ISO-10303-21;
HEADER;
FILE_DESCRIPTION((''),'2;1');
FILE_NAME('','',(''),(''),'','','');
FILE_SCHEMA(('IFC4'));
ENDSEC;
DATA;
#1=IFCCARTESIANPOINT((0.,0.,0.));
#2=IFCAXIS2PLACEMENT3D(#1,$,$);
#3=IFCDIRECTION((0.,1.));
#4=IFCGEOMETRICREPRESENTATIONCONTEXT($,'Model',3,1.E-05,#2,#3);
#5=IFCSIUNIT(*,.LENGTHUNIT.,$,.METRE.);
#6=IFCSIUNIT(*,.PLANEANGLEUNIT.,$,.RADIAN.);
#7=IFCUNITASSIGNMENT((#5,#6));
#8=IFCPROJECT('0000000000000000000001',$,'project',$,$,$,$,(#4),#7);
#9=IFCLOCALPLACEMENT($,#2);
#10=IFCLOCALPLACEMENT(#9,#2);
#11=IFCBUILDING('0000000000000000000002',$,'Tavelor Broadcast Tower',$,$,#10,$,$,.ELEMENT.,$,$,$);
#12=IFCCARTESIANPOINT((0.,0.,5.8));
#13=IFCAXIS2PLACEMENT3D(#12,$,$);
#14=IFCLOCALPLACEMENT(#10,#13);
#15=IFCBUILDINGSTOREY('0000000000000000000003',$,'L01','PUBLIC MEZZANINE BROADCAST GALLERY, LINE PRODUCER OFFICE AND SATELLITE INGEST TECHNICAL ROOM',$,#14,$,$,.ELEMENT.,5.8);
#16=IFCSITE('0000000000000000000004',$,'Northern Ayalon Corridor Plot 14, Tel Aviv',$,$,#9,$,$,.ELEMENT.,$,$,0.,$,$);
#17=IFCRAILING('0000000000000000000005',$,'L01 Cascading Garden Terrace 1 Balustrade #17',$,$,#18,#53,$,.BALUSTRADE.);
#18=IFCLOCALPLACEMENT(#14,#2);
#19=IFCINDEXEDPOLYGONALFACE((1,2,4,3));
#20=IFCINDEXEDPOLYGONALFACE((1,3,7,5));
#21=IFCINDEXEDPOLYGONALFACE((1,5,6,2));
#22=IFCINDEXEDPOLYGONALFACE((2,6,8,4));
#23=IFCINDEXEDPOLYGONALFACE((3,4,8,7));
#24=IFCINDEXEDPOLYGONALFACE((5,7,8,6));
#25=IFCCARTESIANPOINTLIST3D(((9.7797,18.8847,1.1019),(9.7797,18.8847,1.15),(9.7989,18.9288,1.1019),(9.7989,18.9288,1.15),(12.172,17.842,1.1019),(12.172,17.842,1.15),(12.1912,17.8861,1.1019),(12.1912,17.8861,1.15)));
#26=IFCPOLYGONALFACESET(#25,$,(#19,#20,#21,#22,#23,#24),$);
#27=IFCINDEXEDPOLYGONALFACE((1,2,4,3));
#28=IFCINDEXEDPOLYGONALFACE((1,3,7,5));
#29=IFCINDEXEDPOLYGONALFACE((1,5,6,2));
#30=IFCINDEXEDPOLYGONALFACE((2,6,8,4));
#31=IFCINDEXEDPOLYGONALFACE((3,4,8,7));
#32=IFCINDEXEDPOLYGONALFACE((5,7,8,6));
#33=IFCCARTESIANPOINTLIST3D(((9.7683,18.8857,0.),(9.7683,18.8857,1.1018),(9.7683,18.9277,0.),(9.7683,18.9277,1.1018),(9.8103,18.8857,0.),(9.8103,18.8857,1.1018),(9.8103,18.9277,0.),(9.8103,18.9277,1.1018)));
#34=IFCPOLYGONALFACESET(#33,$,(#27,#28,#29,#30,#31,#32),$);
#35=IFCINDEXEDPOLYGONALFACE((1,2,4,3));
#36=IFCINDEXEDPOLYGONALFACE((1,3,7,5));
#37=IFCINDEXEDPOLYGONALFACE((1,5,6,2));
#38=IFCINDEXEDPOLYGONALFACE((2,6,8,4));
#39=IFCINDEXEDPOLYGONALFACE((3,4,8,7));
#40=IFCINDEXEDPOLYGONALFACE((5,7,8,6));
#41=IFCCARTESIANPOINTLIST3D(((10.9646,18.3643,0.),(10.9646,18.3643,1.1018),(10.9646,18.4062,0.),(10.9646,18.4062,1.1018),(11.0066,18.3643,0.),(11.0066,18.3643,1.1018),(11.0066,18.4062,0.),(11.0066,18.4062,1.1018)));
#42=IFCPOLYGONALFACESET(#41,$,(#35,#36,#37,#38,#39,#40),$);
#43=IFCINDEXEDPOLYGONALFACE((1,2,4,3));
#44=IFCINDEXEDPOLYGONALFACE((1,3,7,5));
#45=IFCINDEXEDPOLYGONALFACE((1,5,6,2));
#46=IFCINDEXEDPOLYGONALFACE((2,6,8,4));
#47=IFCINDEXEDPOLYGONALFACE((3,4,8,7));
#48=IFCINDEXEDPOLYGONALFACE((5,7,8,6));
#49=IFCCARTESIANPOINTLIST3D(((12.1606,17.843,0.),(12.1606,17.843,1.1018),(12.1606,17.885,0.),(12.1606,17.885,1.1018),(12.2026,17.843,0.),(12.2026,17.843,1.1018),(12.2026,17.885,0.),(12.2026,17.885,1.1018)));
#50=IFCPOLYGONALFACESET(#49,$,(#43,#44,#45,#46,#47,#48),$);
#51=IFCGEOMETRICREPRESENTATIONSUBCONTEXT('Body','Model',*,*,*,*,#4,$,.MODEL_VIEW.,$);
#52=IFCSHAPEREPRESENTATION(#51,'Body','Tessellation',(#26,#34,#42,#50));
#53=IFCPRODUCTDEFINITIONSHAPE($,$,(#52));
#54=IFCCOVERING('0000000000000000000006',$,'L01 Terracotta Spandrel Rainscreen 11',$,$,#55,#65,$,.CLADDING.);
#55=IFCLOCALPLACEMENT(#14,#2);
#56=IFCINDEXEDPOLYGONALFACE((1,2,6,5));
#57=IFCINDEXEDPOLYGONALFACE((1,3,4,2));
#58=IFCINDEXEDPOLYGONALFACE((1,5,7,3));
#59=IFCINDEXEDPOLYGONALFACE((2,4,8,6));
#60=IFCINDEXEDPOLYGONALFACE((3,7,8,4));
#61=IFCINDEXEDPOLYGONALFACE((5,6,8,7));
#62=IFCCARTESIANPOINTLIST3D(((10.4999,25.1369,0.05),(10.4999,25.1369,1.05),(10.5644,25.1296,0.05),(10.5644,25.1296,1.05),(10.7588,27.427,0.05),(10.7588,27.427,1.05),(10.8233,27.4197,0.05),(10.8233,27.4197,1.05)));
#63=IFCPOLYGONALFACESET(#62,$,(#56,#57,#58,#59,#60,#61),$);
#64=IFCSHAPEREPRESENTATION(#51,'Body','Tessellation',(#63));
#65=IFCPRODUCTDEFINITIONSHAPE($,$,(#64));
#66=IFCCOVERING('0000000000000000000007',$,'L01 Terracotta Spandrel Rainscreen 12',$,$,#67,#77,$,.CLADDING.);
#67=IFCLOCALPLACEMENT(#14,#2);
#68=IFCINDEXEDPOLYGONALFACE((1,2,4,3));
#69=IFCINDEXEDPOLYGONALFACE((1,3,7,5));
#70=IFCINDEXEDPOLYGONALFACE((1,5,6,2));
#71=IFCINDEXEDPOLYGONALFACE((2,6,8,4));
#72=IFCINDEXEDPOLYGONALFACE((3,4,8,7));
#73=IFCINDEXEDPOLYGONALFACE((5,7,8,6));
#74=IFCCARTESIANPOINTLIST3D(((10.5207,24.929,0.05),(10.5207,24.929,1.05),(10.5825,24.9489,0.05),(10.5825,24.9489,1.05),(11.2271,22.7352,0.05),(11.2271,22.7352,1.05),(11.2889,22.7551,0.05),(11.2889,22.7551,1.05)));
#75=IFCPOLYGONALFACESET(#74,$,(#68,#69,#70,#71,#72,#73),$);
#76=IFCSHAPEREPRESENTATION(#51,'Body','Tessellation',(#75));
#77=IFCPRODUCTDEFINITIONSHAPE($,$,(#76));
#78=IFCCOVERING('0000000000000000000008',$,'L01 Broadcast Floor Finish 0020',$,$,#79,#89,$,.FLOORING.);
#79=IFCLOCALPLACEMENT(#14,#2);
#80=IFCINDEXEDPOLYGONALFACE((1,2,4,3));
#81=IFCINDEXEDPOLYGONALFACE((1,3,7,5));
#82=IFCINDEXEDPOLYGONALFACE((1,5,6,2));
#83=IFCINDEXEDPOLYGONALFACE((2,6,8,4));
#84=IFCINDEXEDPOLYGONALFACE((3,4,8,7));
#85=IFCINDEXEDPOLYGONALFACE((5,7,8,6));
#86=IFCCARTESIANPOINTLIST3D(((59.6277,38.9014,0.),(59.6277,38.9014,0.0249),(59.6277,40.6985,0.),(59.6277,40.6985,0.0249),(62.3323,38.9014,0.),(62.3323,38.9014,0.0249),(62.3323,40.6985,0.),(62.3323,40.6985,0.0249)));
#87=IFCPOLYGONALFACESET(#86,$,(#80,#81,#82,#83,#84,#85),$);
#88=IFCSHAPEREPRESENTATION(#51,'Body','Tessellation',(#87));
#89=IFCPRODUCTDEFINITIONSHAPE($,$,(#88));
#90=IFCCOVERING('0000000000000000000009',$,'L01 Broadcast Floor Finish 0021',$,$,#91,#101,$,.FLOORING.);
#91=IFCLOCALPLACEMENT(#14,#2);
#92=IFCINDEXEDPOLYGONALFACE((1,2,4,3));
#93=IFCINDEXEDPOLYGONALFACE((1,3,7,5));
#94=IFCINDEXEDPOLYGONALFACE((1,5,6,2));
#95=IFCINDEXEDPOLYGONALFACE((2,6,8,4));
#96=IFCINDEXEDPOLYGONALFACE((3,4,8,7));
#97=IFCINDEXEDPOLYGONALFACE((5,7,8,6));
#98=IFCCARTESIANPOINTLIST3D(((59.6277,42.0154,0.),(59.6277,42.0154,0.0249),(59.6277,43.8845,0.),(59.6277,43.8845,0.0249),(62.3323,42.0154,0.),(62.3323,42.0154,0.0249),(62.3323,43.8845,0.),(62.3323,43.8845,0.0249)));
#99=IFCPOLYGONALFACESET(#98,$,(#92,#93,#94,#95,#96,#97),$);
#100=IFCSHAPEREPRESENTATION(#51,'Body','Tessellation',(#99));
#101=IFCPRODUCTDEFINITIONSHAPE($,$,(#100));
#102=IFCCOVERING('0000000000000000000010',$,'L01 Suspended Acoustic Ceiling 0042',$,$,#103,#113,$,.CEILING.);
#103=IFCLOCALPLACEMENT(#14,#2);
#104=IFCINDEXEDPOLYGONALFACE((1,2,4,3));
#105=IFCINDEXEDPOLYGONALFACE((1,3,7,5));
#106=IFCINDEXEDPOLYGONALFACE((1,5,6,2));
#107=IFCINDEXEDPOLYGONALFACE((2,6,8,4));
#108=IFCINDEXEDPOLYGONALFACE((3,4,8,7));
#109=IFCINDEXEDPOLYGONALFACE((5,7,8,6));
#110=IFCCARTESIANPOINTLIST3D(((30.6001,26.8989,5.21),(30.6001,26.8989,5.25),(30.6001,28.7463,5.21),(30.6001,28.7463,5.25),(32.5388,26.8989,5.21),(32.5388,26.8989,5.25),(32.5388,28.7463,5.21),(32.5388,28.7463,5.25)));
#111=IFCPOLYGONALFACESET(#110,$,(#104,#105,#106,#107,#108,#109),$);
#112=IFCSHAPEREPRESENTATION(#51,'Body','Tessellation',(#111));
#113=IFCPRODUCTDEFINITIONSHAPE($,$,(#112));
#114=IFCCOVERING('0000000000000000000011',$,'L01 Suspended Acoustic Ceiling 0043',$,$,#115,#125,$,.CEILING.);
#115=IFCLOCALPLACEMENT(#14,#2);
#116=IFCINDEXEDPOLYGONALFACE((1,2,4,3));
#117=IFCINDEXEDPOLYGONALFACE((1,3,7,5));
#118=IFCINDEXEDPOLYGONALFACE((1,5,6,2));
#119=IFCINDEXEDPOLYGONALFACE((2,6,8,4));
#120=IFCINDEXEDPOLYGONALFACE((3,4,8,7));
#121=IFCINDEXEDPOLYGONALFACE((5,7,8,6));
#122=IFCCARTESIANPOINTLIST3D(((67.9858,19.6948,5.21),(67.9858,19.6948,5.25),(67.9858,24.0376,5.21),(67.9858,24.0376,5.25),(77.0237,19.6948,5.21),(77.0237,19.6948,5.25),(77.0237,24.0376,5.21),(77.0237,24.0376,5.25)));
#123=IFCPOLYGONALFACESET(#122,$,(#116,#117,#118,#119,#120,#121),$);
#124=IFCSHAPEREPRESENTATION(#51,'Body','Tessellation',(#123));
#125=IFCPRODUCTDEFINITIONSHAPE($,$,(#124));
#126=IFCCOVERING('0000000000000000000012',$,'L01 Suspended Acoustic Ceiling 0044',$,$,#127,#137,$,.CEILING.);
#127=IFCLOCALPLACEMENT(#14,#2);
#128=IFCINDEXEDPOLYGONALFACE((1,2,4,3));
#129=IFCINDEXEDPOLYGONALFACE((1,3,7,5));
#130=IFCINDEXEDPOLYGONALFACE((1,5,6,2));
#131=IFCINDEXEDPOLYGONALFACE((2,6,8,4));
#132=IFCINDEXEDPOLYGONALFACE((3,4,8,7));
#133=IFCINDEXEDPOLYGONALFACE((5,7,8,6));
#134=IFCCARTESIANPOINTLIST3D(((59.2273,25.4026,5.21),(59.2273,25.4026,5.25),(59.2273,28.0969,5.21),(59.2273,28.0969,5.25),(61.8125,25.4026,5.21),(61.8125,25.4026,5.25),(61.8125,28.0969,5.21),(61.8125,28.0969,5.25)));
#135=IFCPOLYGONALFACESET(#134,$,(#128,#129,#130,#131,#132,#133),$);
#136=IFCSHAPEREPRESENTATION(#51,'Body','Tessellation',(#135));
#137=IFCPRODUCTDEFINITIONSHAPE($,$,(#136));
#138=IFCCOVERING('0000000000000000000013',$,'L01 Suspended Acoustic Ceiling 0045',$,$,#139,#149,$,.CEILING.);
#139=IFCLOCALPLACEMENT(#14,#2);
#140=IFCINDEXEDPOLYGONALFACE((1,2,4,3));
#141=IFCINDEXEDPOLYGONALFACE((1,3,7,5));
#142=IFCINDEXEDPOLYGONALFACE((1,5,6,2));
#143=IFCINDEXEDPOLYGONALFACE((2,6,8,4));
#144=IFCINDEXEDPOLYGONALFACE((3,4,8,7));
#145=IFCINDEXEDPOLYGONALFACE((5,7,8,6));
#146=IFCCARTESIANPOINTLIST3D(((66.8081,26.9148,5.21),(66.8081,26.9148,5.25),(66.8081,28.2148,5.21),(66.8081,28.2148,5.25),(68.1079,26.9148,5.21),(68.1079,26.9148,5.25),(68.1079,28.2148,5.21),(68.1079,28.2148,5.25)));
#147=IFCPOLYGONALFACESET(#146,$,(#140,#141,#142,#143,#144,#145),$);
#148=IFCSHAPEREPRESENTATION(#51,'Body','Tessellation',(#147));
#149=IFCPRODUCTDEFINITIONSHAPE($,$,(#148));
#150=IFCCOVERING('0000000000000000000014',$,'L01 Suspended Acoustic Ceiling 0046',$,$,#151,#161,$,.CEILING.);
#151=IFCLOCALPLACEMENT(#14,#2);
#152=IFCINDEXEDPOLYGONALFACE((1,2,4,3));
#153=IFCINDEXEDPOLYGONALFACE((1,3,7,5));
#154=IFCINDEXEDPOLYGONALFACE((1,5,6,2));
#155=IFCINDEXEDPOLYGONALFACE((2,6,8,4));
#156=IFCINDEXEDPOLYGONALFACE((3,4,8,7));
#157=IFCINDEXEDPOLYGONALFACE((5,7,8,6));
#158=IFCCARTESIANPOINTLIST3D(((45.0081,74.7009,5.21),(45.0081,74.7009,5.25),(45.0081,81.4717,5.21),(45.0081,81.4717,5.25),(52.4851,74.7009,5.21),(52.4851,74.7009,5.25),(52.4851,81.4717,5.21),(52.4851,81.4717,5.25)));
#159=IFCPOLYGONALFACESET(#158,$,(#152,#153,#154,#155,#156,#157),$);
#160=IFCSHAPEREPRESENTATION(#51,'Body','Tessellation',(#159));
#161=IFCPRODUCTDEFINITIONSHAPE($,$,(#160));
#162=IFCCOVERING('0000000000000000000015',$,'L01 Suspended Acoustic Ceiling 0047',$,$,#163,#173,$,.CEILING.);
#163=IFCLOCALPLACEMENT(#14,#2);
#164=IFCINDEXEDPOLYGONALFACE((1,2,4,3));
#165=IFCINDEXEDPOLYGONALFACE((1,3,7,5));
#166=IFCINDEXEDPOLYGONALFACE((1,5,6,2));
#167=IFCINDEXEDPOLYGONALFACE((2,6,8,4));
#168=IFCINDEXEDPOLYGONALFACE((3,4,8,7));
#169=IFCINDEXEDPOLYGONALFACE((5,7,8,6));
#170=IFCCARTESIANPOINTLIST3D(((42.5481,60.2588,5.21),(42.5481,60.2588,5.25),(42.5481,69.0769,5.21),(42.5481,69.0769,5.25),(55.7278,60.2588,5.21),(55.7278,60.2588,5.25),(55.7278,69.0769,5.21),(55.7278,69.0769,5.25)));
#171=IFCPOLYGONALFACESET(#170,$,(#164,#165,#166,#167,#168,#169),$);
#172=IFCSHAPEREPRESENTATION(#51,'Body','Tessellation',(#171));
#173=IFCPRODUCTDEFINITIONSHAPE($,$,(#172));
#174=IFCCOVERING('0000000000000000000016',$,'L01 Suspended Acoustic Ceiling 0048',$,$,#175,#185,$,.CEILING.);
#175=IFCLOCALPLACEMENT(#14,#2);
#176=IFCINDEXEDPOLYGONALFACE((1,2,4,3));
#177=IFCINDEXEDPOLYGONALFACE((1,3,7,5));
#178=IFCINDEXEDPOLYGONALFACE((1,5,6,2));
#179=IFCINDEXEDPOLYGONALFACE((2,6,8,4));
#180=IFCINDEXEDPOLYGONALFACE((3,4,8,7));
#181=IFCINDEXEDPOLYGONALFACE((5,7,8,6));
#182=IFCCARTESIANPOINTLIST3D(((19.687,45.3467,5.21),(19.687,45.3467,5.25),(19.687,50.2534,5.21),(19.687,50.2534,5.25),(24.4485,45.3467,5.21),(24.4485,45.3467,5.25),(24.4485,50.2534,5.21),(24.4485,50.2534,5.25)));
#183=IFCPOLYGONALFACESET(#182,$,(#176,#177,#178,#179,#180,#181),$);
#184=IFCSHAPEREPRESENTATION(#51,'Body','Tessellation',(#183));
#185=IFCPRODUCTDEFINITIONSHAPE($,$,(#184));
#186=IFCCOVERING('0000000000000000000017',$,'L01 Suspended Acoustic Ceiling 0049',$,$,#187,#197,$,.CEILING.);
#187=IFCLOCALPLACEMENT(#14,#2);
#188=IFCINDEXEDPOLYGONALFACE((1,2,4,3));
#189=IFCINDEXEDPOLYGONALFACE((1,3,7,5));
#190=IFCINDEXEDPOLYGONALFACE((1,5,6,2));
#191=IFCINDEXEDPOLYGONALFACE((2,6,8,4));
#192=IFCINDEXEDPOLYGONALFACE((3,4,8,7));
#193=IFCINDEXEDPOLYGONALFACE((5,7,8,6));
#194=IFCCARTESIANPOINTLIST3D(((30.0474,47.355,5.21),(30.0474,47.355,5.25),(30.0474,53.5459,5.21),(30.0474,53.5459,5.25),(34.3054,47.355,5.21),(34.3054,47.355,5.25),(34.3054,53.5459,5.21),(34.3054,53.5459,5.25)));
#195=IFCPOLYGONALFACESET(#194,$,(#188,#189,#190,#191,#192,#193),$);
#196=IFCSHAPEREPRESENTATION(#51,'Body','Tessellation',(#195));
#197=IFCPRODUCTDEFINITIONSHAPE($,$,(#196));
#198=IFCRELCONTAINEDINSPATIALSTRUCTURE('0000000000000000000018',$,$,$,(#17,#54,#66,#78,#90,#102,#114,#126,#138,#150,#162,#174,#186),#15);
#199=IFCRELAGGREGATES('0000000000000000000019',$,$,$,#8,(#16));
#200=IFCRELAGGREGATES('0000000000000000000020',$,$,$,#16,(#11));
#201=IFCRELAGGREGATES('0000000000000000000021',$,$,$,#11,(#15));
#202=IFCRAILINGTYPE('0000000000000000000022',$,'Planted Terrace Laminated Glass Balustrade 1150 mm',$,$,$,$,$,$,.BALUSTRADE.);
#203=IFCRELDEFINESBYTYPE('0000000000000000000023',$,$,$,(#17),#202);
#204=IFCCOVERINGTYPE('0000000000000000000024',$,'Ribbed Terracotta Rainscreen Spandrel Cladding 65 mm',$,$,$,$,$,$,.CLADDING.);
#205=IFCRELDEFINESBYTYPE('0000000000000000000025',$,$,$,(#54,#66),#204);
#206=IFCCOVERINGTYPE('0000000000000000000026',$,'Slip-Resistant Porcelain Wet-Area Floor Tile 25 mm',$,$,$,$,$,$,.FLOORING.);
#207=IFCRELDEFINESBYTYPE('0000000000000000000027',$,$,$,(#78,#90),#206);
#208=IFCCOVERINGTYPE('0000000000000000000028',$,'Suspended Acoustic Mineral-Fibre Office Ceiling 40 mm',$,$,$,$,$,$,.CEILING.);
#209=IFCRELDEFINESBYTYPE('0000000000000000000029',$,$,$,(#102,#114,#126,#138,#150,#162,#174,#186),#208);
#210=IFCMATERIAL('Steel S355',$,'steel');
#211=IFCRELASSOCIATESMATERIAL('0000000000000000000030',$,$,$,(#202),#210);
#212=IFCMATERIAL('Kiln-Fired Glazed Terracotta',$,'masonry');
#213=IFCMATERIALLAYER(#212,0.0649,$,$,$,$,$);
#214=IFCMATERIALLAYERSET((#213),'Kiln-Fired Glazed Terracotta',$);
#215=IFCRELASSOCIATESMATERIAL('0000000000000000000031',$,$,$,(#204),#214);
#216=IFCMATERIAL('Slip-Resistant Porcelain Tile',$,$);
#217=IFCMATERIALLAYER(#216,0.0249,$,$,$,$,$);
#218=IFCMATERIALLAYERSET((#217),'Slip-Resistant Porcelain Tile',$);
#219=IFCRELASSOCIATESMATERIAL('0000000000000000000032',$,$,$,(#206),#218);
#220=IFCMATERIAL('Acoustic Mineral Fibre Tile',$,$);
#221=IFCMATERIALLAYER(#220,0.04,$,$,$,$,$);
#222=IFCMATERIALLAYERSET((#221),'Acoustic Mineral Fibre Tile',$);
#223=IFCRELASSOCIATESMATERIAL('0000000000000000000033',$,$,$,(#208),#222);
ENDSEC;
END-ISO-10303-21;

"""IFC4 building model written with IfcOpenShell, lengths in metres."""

from ifc_helpers import new_model, si_unit, direction, frame, origin, origin_2d, place, context, subcontext, project, spatial, polyline, rectangle, outline, extrude, material, layer, layer_set, type_object, element, save


model = new_model("IFC4")

# Units and contexts
model_context = context("Model", 3, precision=1e-05, world=origin(), true_north=direction((0.0, 1.0)))
body_context = subcontext(model_context, "Body", "Model", "MODEL_VIEW")
ifc_project = project(units=[si_unit("LENGTHUNIT", "METRE"), si_unit("PLANEANGLEUNIT", "RADIAN")], contexts=[model_context])

# Site, building, storey
site_placement = place(None, origin())
site = spatial("IfcSite", under=ifc_project, at=site_placement, Name="Northern Ayalon Corridor Plot 14, Tel Aviv", CompositionType="ELEMENT", RefElevation=0.0)
building_placement = place(site_placement, origin())
building = spatial("IfcBuilding", under=site, at=building_placement, Name="Tavelor Broadcast Tower", CompositionType="ELEMENT")
storey_placement = place(building_placement, frame((0.0, 0.0, 5.8)))
storey = spatial("IfcBuildingStorey", under=building, at=storey_placement, Name="L01", Description="PUBLIC MEZZANINE BROADCAST GALLERY, LINE PRODUCER OFFICE AND SATELLITE INGEST TECHNICAL ROOM", CompositionType="ELEMENT", Elevation=5.8)

# Railing
ifc_material_1 = material(Name="Steel S355", Category="steel")
railing_type = type_object("IfcRailingType", Name="Planted Terrace Laminated Glass Balustrade 1150 mm", PredefinedType="BALUSTRADE", material=ifc_material_1)
railing_1_placement = place(storey_placement, frame((9.7893, 18.9067, 0.0)))
element("IfcRailing", 1, at=railing_1_placement, inside=storey, type_object=railing_type, Name="L01 Cascading Garden Terrace 1 Balustrade #17", PredefinedType="BALUSTRADE", context=body_context, shape_type="SweptSolid", body=[
    extrude(rectangle(XDim=0.0481, YDim=0.0481, at=origin_2d()), frame((0.0, 0.0, 1.126), z_axis=(0.916708, -0.399557, 0.0), x_axis=(0.399557, 0.916708, 0.0)), (0.0, 0.0, 1.0), 2.6096),
    extrude(rectangle(XDim=0.042, YDim=0.042, at=origin_2d()), origin(), (0.0, 0.0, 1.0), 1.1018),
    extrude(rectangle(XDim=0.042, YDim=0.042, at=origin_2d()), frame((1.1963, -0.5215, 0.0)), (0.0, 0.0, 1.0), 1.1018),
    extrude(rectangle(XDim=0.042, YDim=0.042, at=origin_2d()), frame((2.3923, -1.0427, 0.0)), (0.0, 0.0, 1.0), 1.1018),
])

# Coverings
ifc_material_2 = material(Name="Kiln-Fired Glazed Terracotta", Category="masonry")
ifc_layer_1 = layer(ifc_material_2, 0.0649)
ifc_layer_set_1 = layer_set([ifc_layer_1], Name="Kiln-Fired Glazed Terracotta")
covering_type_1 = type_object("IfcCoveringType", Name="Ribbed Terracotta Rainscreen Spandrel Cladding 65 mm", PredefinedType="CLADDING", material=ifc_layer_set_1)
for number, where, z_axis, x_axis, name in (
    (2, (10.6616, 26.2783, 0.05), (0.0, 0.0, 1.0), (-0.112336, -0.99367, 0.0), "L01 Terracotta Spandrel Rainscreen 11"),
    (3, (10.9048, 23.842, 0.05), (0.0, 0.0, 1.0), (0.306526, -0.951862, 0.0), "L01 Terracotta Spandrel Rainscreen 12"),
):
    element("IfcCovering", number, at=place(storey_placement, frame(where, z_axis=z_axis, x_axis=x_axis)), inside=storey, type_object=covering_type_1, Name=name, PredefinedType="CLADDING", context=body_context, shape_type="SweptSolid", body=[
        extrude(rectangle(XDim=2.3047, YDim=0.0649, at=origin_2d()), origin(), (0.0, 0.0, 1.0), 1.0),
    ])
ifc_material_3 = material(Name="Slip-Resistant Porcelain Tile")
ifc_layer_2 = layer(ifc_material_3, 0.0249)
ifc_layer_set_2 = layer_set([ifc_layer_2], Name="Slip-Resistant Porcelain Tile")
covering_type_2 = type_object("IfcCoveringType", Name="Slip-Resistant Porcelain Wet-Area Floor Tile 25 mm", PredefinedType="FLOORING", material=ifc_layer_set_2)
covering_1_placement = place(storey_placement, origin())
element("IfcCovering", 4, at=covering_1_placement, inside=storey, type_object=covering_type_2, Name="L01 Broadcast Floor Finish 0020", PredefinedType="FLOORING", context=body_context, shape_type="SweptSolid", body=[
    extrude(outline(polyline([(59.6277, 38.9014), (62.3323, 38.9014), (62.3323, 40.6985), (59.6277, 40.6985), (59.6277, 38.9014)])), origin(), (0.0, 0.0, 1.0), 0.0249),
])
covering_2_placement = place(storey_placement, origin())
element("IfcCovering", 5, at=covering_2_placement, inside=storey, type_object=covering_type_2, Name="L01 Broadcast Floor Finish 0021", PredefinedType="FLOORING", context=body_context, shape_type="SweptSolid", body=[
    extrude(outline(polyline([(59.6277, 42.0154), (62.3323, 42.0154), (62.3323, 43.8845), (59.6277, 43.8845), (59.6277, 42.0154)])), origin(), (0.0, 0.0, 1.0), 0.0249),
])
ifc_material_4 = material(Name="Acoustic Mineral Fibre Tile")
ifc_layer_3 = layer(ifc_material_4, 0.04)
ifc_layer_set_3 = layer_set([ifc_layer_3], Name="Acoustic Mineral Fibre Tile")
covering_type_3 = type_object("IfcCoveringType", Name="Suspended Acoustic Mineral-Fibre Office Ceiling 40 mm", PredefinedType="CEILING", material=ifc_layer_set_3)
covering_3_placement = place(storey_placement, frame((0.0, 0.0, 5.21)))
element("IfcCovering", 6, at=covering_3_placement, inside=storey, type_object=covering_type_3, Name="L01 Suspended Acoustic Ceiling 0042", PredefinedType="CEILING", context=body_context, shape_type="SweptSolid", body=[
    extrude(outline(polyline([(30.6001, 26.8989), (32.5388, 26.8989), (32.5388, 28.7463), (30.6001, 28.7463), (30.6001, 26.8989)])), origin(), (0.0, 0.0, 1.0), 0.04),
])
covering_4_placement = place(storey_placement, frame((0.0, 0.0, 5.21)))
element("IfcCovering", 7, at=covering_4_placement, inside=storey, type_object=covering_type_3, Name="L01 Suspended Acoustic Ceiling 0043", PredefinedType="CEILING", context=body_context, shape_type="SweptSolid", body=[
    extrude(outline(polyline([(67.9858, 19.6948), (77.0237, 19.6948), (77.0237, 24.0376), (67.9858, 24.0376), (67.9858, 19.6948)])), origin(), (0.0, 0.0, 1.0), 0.04),
])
covering_5_placement = place(storey_placement, frame((0.0, 0.0, 5.21)))
element("IfcCovering", 8, at=covering_5_placement, inside=storey, type_object=covering_type_3, Name="L01 Suspended Acoustic Ceiling 0044", PredefinedType="CEILING", context=body_context, shape_type="SweptSolid", body=[
    extrude(outline(polyline([(59.2273, 25.4026), (61.8125, 25.4026), (61.8125, 28.0969), (59.2273, 28.0969), (59.2273, 25.4026)])), origin(), (0.0, 0.0, 1.0), 0.04),
])
covering_6_placement = place(storey_placement, frame((0.0, 0.0, 5.21)))
element("IfcCovering", 9, at=covering_6_placement, inside=storey, type_object=covering_type_3, Name="L01 Suspended Acoustic Ceiling 0045", PredefinedType="CEILING", context=body_context, shape_type="SweptSolid", body=[
    extrude(outline(polyline([(66.8081, 26.9148), (68.1079, 26.9148), (68.1079, 28.2148), (66.8081, 28.2148), (66.8081, 26.9148)])), origin(), (0.0, 0.0, 1.0), 0.04),
])
covering_7_placement = place(storey_placement, frame((0.0, 0.0, 5.21)))
element("IfcCovering", 10, at=covering_7_placement, inside=storey, type_object=covering_type_3, Name="L01 Suspended Acoustic Ceiling 0046", PredefinedType="CEILING", context=body_context, shape_type="SweptSolid", body=[
    extrude(outline(polyline([(45.0081, 74.7009), (52.4851, 74.7009), (52.4851, 81.4717), (45.0081, 81.4717), (45.0081, 74.7009)])), origin(), (0.0, 0.0, 1.0), 0.04),
])
covering_8_placement = place(storey_placement, frame((0.0, 0.0, 5.21)))
element("IfcCovering", 11, at=covering_8_placement, inside=storey, type_object=covering_type_3, Name="L01 Suspended Acoustic Ceiling 0047", PredefinedType="CEILING", context=body_context, shape_type="SweptSolid", body=[
    extrude(outline(polyline([(42.5481, 60.2588), (55.7278, 60.2588), (55.7278, 69.0769), (42.5481, 69.0769), (42.5481, 60.2588)])), origin(), (0.0, 0.0, 1.0), 0.04),
])
covering_9_placement = place(storey_placement, frame((0.0, 0.0, 5.21)))
element("IfcCovering", 12, at=covering_9_placement, inside=storey, type_object=covering_type_3, Name="L01 Suspended Acoustic Ceiling 0048", PredefinedType="CEILING", context=body_context, shape_type="SweptSolid", body=[
    extrude(outline(polyline([(19.687, 45.3467), (24.4485, 45.3467), (24.4485, 50.2534), (19.687, 50.2534), (19.687, 45.3467)])), origin(), (0.0, 0.0, 1.0), 0.04),
])
covering_10_placement = place(storey_placement, frame((0.0, 0.0, 5.21)))
element("IfcCovering", 13, at=covering_10_placement, inside=storey, type_object=covering_type_3, Name="L01 Suspended Acoustic Ceiling 0049", PredefinedType="CEILING", context=body_context, shape_type="SweptSolid", body=[
    extrude(outline(polyline([(30.0474, 47.355), (34.3054, 47.355), (34.3054, 53.5459), (30.0474, 53.5459), (30.0474, 47.355)])), origin(), (0.0, 0.0, 1.0), 0.04),
])

save(model, "model.ifc")
